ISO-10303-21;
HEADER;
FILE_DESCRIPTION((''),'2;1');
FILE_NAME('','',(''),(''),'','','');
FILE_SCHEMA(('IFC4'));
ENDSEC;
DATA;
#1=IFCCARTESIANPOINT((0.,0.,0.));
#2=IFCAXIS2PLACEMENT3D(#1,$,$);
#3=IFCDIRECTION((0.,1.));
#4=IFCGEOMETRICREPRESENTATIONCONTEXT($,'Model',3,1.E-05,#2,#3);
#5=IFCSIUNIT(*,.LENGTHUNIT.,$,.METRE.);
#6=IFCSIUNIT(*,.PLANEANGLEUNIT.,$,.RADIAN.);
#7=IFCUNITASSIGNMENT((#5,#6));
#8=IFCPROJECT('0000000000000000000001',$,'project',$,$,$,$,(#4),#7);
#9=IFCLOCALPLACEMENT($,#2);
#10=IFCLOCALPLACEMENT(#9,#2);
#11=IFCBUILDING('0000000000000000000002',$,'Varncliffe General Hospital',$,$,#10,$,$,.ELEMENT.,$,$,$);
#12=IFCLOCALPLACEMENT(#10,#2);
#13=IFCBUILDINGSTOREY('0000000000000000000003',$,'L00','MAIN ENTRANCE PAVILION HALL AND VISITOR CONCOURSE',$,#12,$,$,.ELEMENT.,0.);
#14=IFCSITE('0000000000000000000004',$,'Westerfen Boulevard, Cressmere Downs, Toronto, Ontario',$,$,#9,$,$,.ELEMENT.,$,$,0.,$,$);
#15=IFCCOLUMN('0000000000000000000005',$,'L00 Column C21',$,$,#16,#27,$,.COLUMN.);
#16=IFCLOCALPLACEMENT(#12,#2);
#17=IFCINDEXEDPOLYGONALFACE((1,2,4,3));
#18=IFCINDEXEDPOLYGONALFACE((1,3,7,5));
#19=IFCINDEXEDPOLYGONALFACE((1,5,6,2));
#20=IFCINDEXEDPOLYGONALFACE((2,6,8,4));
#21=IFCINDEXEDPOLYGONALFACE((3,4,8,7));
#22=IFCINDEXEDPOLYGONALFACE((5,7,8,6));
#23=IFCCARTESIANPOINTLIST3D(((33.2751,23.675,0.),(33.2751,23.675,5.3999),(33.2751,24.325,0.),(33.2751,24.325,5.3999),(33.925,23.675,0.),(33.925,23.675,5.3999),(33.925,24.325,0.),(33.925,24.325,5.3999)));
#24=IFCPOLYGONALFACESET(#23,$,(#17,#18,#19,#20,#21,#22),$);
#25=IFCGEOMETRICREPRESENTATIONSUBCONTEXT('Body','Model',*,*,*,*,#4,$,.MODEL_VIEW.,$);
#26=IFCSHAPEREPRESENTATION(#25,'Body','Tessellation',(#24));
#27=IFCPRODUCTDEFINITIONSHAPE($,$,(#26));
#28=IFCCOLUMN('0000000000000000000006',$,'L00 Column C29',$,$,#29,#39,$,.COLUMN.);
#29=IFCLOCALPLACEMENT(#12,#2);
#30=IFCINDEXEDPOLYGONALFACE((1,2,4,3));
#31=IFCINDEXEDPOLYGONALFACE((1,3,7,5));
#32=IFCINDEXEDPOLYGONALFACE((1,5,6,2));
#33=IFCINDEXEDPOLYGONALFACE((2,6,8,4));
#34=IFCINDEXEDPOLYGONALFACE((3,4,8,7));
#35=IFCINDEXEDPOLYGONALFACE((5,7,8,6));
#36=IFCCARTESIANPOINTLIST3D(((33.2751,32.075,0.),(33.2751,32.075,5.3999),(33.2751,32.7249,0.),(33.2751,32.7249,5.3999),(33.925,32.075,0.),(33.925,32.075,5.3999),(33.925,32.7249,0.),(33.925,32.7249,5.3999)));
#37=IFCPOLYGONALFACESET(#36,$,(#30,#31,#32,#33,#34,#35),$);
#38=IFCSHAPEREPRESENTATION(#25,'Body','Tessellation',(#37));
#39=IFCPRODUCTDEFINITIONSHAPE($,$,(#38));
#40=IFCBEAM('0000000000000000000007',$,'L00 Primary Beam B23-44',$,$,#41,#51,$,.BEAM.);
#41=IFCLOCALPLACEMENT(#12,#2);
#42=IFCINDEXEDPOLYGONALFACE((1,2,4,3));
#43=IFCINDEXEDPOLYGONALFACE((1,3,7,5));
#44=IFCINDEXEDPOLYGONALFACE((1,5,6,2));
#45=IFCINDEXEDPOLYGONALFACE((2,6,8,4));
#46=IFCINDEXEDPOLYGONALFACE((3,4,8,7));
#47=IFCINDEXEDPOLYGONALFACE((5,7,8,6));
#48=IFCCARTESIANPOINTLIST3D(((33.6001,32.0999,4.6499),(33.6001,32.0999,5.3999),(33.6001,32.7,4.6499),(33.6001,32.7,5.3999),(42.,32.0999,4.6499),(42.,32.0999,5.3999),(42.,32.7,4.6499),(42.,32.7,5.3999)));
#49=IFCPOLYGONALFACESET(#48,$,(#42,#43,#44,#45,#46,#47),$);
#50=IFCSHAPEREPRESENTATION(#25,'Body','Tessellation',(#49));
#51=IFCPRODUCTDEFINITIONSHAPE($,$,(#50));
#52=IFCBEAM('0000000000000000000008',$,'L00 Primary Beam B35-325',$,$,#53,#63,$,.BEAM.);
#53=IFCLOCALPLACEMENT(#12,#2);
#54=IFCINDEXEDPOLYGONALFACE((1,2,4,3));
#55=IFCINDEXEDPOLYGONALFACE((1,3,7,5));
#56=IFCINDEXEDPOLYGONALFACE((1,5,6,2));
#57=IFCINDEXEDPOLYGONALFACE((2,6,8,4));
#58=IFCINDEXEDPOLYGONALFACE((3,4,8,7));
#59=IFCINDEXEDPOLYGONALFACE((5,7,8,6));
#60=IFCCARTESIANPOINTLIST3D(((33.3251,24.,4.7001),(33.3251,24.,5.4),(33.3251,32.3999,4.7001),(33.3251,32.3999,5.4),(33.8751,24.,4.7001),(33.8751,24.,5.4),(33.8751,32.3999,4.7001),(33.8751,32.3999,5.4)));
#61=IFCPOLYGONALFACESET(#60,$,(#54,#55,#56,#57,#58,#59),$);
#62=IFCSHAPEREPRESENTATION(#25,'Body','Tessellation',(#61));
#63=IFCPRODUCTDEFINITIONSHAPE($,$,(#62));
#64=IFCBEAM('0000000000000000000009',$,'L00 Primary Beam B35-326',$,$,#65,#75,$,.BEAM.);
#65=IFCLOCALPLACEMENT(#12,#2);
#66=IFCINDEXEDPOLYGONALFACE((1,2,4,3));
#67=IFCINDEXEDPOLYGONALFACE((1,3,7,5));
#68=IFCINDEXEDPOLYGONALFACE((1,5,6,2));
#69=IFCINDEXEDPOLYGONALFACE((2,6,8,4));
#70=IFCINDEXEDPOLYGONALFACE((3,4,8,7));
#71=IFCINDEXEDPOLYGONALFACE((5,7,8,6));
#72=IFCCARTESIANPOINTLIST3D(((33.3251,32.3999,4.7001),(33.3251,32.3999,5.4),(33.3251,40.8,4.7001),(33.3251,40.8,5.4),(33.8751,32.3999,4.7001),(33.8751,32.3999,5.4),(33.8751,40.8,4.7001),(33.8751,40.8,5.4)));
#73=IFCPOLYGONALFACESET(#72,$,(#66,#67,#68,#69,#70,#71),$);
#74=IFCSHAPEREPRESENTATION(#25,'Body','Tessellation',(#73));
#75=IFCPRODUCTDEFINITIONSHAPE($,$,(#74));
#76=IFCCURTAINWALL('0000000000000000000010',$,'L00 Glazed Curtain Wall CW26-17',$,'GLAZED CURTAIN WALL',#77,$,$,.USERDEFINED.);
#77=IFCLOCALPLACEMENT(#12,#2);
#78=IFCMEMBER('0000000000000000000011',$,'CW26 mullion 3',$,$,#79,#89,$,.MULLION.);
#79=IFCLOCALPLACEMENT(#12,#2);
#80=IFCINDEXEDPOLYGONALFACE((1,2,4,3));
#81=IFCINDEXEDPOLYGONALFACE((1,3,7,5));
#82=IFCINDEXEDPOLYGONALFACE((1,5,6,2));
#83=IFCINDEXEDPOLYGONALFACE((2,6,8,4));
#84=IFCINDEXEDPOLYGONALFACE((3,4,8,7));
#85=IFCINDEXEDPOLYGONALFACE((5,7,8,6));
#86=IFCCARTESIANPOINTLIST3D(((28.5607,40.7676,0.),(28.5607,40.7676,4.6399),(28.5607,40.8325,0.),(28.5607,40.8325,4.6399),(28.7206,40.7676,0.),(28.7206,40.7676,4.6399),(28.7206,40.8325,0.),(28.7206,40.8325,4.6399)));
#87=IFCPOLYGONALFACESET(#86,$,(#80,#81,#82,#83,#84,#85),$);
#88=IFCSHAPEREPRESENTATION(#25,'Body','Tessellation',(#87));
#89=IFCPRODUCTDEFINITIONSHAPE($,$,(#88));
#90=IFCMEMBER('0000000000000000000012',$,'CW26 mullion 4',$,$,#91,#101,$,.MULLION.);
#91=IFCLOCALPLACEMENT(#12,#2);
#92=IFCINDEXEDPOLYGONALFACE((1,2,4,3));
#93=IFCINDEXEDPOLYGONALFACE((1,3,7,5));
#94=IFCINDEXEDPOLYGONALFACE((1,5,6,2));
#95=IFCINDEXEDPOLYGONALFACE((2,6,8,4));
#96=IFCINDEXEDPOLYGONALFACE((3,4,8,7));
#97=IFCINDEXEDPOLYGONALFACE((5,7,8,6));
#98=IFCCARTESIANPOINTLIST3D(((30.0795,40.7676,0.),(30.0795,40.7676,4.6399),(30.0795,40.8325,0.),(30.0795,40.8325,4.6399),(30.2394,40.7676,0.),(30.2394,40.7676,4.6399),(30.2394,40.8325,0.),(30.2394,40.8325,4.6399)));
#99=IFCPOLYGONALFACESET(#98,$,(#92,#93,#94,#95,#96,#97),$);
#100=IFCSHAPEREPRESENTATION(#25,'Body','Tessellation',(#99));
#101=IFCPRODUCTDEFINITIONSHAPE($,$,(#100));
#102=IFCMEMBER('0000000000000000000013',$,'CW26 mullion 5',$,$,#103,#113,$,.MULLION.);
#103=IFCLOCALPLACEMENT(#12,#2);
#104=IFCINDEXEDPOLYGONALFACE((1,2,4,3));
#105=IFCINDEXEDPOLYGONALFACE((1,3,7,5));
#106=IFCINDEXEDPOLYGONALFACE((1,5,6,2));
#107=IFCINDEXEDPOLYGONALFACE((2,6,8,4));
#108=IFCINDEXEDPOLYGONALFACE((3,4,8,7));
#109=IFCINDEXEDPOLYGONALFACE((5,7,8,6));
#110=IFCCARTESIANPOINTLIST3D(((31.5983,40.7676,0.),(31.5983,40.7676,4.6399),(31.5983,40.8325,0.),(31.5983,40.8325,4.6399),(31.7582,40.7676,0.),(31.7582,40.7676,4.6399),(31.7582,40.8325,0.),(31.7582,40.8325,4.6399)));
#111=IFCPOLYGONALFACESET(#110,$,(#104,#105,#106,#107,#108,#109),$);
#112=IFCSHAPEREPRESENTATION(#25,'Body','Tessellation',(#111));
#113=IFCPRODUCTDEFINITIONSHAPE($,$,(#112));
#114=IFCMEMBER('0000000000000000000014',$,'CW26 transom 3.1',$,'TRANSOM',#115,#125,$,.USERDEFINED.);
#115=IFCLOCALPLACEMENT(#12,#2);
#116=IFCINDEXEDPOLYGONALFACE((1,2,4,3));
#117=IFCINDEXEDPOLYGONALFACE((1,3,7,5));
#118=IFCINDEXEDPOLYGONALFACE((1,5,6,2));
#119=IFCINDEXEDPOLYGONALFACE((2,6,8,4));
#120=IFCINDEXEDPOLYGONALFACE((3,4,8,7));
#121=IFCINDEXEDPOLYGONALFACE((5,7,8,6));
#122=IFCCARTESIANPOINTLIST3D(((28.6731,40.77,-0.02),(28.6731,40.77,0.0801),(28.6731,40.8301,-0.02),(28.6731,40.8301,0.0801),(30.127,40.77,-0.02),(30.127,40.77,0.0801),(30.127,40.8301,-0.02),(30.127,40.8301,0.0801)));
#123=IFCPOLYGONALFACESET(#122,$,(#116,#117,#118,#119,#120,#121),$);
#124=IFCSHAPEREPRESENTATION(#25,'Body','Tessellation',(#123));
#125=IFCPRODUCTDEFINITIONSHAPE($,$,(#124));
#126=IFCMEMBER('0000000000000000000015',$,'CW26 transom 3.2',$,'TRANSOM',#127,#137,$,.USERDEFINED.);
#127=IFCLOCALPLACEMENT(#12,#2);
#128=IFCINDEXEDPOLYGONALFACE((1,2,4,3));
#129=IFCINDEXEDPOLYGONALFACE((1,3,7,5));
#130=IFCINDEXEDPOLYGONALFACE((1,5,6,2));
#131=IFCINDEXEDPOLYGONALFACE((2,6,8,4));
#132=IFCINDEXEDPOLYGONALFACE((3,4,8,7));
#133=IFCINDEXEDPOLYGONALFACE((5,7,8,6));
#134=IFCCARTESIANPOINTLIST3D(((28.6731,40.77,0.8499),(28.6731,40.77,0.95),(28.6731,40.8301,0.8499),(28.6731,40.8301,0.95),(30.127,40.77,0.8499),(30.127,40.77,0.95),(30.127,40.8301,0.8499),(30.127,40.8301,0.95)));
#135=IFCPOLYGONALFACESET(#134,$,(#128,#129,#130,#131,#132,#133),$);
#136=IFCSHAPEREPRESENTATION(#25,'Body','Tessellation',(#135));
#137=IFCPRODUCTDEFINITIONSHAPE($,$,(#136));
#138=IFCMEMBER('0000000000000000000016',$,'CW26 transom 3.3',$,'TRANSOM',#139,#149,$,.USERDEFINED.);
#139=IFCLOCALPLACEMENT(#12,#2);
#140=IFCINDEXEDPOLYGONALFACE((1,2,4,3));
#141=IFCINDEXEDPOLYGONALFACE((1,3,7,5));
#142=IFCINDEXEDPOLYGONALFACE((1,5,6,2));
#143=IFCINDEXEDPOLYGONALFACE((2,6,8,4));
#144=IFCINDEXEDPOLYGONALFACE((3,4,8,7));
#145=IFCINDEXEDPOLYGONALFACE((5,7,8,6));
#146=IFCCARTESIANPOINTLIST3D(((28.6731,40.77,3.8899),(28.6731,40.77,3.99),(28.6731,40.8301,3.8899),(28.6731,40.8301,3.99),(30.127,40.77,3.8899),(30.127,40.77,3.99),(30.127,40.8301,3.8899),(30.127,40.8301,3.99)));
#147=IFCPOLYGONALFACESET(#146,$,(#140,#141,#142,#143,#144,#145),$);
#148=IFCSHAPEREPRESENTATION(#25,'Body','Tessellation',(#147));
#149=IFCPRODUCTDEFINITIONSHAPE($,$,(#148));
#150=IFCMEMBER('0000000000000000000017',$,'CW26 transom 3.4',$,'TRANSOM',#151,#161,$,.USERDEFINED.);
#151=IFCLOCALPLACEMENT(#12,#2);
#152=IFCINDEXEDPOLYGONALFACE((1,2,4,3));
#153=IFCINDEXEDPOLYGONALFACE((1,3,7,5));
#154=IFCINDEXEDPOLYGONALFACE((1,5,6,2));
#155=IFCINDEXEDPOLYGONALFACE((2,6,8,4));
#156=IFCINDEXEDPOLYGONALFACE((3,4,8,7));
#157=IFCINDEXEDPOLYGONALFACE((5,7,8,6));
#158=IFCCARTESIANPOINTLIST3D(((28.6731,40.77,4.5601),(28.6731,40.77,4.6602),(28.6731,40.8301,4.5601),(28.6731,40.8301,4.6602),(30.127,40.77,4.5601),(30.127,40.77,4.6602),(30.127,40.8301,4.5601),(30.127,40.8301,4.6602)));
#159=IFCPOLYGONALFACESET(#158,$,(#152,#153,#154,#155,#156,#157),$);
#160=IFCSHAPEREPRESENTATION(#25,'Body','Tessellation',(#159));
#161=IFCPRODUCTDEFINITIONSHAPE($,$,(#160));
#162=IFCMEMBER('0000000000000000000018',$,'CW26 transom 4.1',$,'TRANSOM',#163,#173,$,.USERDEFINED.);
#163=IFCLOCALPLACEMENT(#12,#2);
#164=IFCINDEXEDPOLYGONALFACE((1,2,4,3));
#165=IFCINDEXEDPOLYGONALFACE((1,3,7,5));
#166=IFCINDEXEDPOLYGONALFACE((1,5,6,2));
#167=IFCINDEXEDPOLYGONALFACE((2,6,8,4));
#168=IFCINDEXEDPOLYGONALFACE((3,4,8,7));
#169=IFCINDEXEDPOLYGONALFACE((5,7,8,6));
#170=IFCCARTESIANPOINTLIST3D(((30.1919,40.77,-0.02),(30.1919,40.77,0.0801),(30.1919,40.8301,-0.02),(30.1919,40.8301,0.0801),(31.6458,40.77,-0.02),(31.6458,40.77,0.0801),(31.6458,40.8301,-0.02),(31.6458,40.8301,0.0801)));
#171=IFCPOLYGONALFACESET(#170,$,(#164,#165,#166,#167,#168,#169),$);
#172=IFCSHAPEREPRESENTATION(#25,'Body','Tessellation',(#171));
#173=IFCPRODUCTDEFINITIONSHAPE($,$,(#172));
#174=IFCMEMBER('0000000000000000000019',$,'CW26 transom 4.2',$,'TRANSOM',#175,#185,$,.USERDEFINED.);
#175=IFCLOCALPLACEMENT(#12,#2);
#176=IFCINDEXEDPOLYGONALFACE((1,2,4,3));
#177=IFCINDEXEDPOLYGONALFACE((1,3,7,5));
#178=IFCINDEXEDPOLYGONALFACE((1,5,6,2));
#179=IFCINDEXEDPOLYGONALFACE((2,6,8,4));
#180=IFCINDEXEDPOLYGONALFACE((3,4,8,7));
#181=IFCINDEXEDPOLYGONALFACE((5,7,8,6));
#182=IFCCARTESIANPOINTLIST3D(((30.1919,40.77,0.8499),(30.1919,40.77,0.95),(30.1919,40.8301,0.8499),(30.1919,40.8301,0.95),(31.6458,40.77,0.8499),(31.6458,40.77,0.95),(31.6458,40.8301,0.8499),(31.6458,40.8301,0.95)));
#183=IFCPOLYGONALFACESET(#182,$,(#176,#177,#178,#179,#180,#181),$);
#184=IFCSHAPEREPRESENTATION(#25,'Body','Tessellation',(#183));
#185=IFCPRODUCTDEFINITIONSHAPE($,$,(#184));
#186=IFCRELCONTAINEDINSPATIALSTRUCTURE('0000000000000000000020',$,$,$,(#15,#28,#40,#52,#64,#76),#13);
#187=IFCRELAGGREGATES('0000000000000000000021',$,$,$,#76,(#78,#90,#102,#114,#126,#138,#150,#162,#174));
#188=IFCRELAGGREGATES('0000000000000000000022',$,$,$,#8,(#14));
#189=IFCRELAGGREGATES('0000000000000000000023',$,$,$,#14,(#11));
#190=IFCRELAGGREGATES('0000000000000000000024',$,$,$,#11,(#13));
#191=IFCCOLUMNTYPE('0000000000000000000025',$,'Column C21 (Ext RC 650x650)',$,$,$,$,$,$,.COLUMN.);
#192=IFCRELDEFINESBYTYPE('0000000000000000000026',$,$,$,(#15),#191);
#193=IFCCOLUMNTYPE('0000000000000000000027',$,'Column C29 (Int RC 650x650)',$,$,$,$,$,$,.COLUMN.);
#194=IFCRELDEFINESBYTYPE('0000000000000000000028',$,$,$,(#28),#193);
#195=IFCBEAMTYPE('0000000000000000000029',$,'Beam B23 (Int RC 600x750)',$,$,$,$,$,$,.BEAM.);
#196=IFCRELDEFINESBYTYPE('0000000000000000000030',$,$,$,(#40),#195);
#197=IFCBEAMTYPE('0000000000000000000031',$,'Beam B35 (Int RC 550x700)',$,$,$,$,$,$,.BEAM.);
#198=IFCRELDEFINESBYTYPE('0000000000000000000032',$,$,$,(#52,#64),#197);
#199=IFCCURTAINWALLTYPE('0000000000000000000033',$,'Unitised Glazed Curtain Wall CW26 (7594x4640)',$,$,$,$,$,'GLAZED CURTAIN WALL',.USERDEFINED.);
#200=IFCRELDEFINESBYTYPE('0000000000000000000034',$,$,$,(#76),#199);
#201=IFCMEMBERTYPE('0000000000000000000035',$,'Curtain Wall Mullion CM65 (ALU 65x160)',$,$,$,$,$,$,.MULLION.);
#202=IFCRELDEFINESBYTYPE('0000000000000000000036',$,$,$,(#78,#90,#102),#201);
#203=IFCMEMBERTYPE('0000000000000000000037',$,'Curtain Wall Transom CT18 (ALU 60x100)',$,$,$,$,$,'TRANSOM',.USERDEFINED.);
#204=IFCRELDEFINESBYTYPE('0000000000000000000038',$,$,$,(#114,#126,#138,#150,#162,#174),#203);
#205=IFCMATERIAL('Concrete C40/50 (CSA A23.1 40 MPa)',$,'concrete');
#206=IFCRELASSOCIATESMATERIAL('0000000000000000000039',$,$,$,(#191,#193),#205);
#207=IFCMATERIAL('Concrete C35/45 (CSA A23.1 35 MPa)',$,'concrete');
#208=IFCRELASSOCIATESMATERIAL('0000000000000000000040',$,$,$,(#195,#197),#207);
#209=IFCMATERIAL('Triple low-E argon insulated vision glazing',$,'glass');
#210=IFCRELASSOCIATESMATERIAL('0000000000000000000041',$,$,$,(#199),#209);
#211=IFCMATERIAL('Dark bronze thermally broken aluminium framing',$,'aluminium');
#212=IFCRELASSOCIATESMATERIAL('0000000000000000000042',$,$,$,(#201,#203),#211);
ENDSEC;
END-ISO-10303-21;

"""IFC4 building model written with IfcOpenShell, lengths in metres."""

from ifc_helpers import new_model, si_unit, direction, frame, origin, origin_2d, place, context, subcontext, project, spatial, rectangle, extrude, material, material_profile, profile_set, type_object, element, aggregate, save


model = new_model("IFC4")

# Units and contexts
model_context = context("Model", 3, precision=1e-05, world=origin(), true_north=direction((0.0, 1.0)))
body_context = subcontext(model_context, "Body", "Model", "MODEL_VIEW")
ifc_project = project(units=[si_unit("LENGTHUNIT", "METRE"), si_unit("PLANEANGLEUNIT", "RADIAN")], contexts=[model_context])

# Site, building, storey
site_placement = place(None, origin())
site = spatial("IfcSite", under=ifc_project, at=site_placement, Name="Westerfen Boulevard, Cressmere Downs, Toronto, Ontario", CompositionType="ELEMENT", RefElevation=0.0)
building_placement = place(site_placement, origin())
building = spatial("IfcBuilding", under=site, at=building_placement, Name="Varncliffe General Hospital", CompositionType="ELEMENT")
storey_placement = place(building_placement, origin())
storey = spatial("IfcBuildingStorey", under=building, at=storey_placement, Name="L00", Description="MAIN ENTRANCE PAVILION HALL AND VISITOR CONCOURSE", CompositionType="ELEMENT", Elevation=0.0)

# Columns
ifc_material_1 = material(Name="Concrete C40/50 (CSA A23.1 40 MPa)", Category="concrete")
ifc_material_profile_1 = material_profile(ifc_material_1, rectangle(XDim=0.6499, YDim=0.6499, at=origin_2d()), Name="RC 650x650")
ifc_profile_set_1 = profile_set([ifc_material_profile_1], Name="Concrete C40/50 (CSA A23.1 40 MPa)")
column_type_1 = type_object("IfcColumnType", Name="Column C21 (Ext RC 650x650)", PredefinedType="COLUMN", material=ifc_profile_set_1)
column_1_placement = place(storey_placement, frame((33.6001, 24.0, 0.0), z_axis=(0.0, 0.0, 1.0), x_axis=(1.0, 0.0, 0.0)))
element("IfcColumn", 1, at=column_1_placement, inside=storey, type_object=column_type_1, Name="L00 Column C21", PredefinedType="COLUMN", context=body_context, shape_type="SweptSolid", body=[
    extrude(rectangle(XDim=0.6499, YDim=0.6499, at=origin_2d()), origin(), (0.0, 0.0, 1.0), 5.3999),
])
ifc_material_profile_2 = material_profile(ifc_material_1, rectangle(XDim=0.6499, YDim=0.6499, at=origin_2d()), Name="RC 650x650")
ifc_profile_set_2 = profile_set([ifc_material_profile_2], Name="Concrete C40/50 (CSA A23.1 40 MPa)")
column_type_2 = type_object("IfcColumnType", Name="Column C29 (Int RC 650x650)", PredefinedType="COLUMN", material=ifc_profile_set_2)
column_2_placement = place(storey_placement, frame((33.6001, 32.3999, 0.0), z_axis=(0.0, 0.0, 1.0), x_axis=(1.0, 0.0, 0.0)))
element("IfcColumn", 2, at=column_2_placement, inside=storey, type_object=column_type_2, Name="L00 Column C29", PredefinedType="COLUMN", context=body_context, shape_type="SweptSolid", body=[
    extrude(rectangle(XDim=0.6499, YDim=0.6499, at=origin_2d()), origin(), (0.0, 0.0, 1.0), 5.3999),
])

# Beams
ifc_material_2 = material(Name="Concrete C35/45 (CSA A23.1 35 MPa)", Category="concrete")
ifc_material_profile_3 = material_profile(ifc_material_2, rectangle(XDim=0.6001, YDim=0.75, at=origin_2d()), Name="RC 600x750")
ifc_profile_set_3 = profile_set([ifc_material_profile_3], Name="Concrete C35/45 (CSA A23.1 35 MPa)")
beam_type_1 = type_object("IfcBeamType", Name="Beam B23 (Int RC 600x750)", PredefinedType="BEAM", material=ifc_profile_set_3)
beam_1_placement = place(storey_placement, frame((33.6001, 32.3999, 5.0249), z_axis=(1.0, 0.0, 0.0), x_axis=(0.0, 1.0, 0.0)))
element("IfcBeam", 3, at=beam_1_placement, inside=storey, type_object=beam_type_1, Name="L00 Primary Beam B23-44", PredefinedType="BEAM", context=body_context, shape_type="SweptSolid", body=[
    extrude(rectangle(XDim=0.6001, YDim=0.75, at=origin_2d()), origin(), (0.0, 0.0, 1.0), 8.3999),
])
ifc_material_profile_4 = material_profile(ifc_material_2, rectangle(XDim=0.55, YDim=0.7, at=origin_2d()), Name="RC 550x700")
ifc_profile_set_4 = profile_set([ifc_material_profile_4], Name="Concrete C35/45 (CSA A23.1 35 MPa)")
beam_type_2 = type_object("IfcBeamType", Name="Beam B35 (Int RC 550x700)", PredefinedType="BEAM", material=ifc_profile_set_4)
beam_2_placement = place(storey_placement, frame((33.6001, 24.0, 5.05), z_axis=(0.0, 1.0, 0.0), x_axis=(-1.0, 0.0, 0.0)))
element("IfcBeam", 4, at=beam_2_placement, inside=storey, type_object=beam_type_2, Name="L00 Primary Beam B35-325", PredefinedType="BEAM", context=body_context, shape_type="SweptSolid", body=[
    extrude(rectangle(XDim=0.55, YDim=0.7, at=origin_2d()), origin(), (0.0, 0.0, 1.0), 8.3999),
])
beam_3_placement = place(storey_placement, frame((33.6001, 32.3999, 5.05), z_axis=(0.0, 1.0, 0.0), x_axis=(-1.0, 0.0, 0.0)))
element("IfcBeam", 5, at=beam_3_placement, inside=storey, type_object=beam_type_2, Name="L00 Primary Beam B35-326", PredefinedType="BEAM", context=body_context, shape_type="SweptSolid", body=[
    extrude(rectangle(XDim=0.55, YDim=0.7, at=origin_2d()), origin(), (0.0, 0.0, 1.0), 8.4001),
])

# Curtain wall, members
ifc_material_3 = material(Name="Triple low-E argon insulated vision glazing", Category="glass")
curtain_wall_type = type_object("IfcCurtainWallType", Name="Unitised Glazed Curtain Wall CW26 (7594x4640)", ElementType="GLAZED CURTAIN WALL", PredefinedType="USERDEFINED", material=ifc_material_3)
curtain_wall_placement = place(storey_placement, origin())
curtain_wall = element("IfcCurtainWall", 6, at=curtain_wall_placement, inside=storey, type_object=curtain_wall_type, Name="L00 Glazed Curtain Wall CW26-17", ObjectType="GLAZED CURTAIN WALL", PredefinedType="USERDEFINED")
ifc_material_4 = material(Name="Dark bronze thermally broken aluminium framing", Category="aluminium")
ifc_material_profile_5 = material_profile(ifc_material_4, rectangle(XDim=0.0649, YDim=0.1599, at=origin_2d()), Name="ALU 65x160")
ifc_profile_set_5 = profile_set([ifc_material_profile_5], Name="Dark bronze thermally broken aluminium framing")
member_type_1 = type_object("IfcMemberType", Name="Curtain Wall Mullion CM65 (ALU 65x160)", PredefinedType="MULLION", material=ifc_profile_set_5)
member_1_placement = place(storey_placement, frame((28.6406, 40.8, 0.0), z_axis=(0.0, 0.0, 1.0), x_axis=(0.0, 1.0, 0.0)))
member_1 = element("IfcMember", 7, at=member_1_placement, type_object=member_type_1, Name="CW26 mullion 3", PredefinedType="MULLION", context=body_context, shape_type="SweptSolid", body=[
    extrude(rectangle(XDim=0.0649, YDim=0.1599, at=origin_2d()), origin(), (0.0, 0.0, 1.0), 4.6399),
])
member_2_placement = place(storey_placement, frame((30.1594, 40.8, 0.0), z_axis=(0.0, 0.0, 1.0), x_axis=(0.0, 1.0, 0.0)))
member_2 = element("IfcMember", 8, at=member_2_placement, type_object=member_type_1, Name="CW26 mullion 4", PredefinedType="MULLION", context=body_context, shape_type="SweptSolid", body=[
    extrude(rectangle(XDim=0.0649, YDim=0.1599, at=origin_2d()), origin(), (0.0, 0.0, 1.0), 4.6399),
])
member_3_placement = place(storey_placement, frame((31.6782, 40.8, 0.0), z_axis=(0.0, 0.0, 1.0), x_axis=(0.0, 1.0, 0.0)))
member_3 = element("IfcMember", 9, at=member_3_placement, type_object=member_type_1, Name="CW26 mullion 5", PredefinedType="MULLION", context=body_context, shape_type="SweptSolid", body=[
    extrude(rectangle(XDim=0.0649, YDim=0.1599, at=origin_2d()), origin(), (0.0, 0.0, 1.0), 4.6399),
])
ifc_material_profile_6 = material_profile(ifc_material_4, rectangle(XDim=0.0601, YDim=0.1001, at=origin_2d()), Name="ALU 60x100")
ifc_profile_set_6 = profile_set([ifc_material_profile_6], Name="Dark bronze thermally broken aluminium framing")
member_type_2 = type_object("IfcMemberType", Name="Curtain Wall Transom CT18 (ALU 60x100)", ElementType="TRANSOM", PredefinedType="USERDEFINED", material=ifc_profile_set_6)
member_4_placement = place(storey_placement, frame((28.6731, 40.8, 0.03), z_axis=(1.0, 0.0, 0.0), x_axis=(0.0, 1.0, 0.0)))
member_4 = element("IfcMember", 10, at=member_4_placement, type_object=member_type_2, Name="CW26 transom 3.1", ObjectType="TRANSOM", PredefinedType="USERDEFINED", context=body_context, shape_type="SweptSolid", body=[
    extrude(rectangle(XDim=0.0601, YDim=0.1001, at=origin_2d()), origin(), (0.0, 0.0, 1.0), 1.4539),
])
member_5_placement = place(storey_placement, frame((28.6731, 40.8, 0.8999), z_axis=(1.0, 0.0, 0.0), x_axis=(0.0, 1.0, 0.0)))
member_5 = element("IfcMember", 11, at=member_5_placement, type_object=member_type_2, Name="CW26 transom 3.2", ObjectType="TRANSOM", PredefinedType="USERDEFINED", context=body_context, shape_type="SweptSolid", body=[
    extrude(rectangle(XDim=0.0601, YDim=0.1001, at=origin_2d()), origin(), (0.0, 0.0, 1.0), 1.4539),
])
member_6_placement = place(storey_placement, frame((28.6731, 40.8, 3.9399), z_axis=(1.0, 0.0, 0.0), x_axis=(0.0, 1.0, 0.0)))
member_6 = element("IfcMember", 12, at=member_6_placement, type_object=member_type_2, Name="CW26 transom 3.3", ObjectType="TRANSOM", PredefinedType="USERDEFINED", context=body_context, shape_type="SweptSolid", body=[
    extrude(rectangle(XDim=0.0601, YDim=0.1001, at=origin_2d()), origin(), (0.0, 0.0, 1.0), 1.4539),
])
member_7_placement = place(storey_placement, frame((28.6731, 40.8, 4.6101), z_axis=(1.0, 0.0, 0.0), x_axis=(0.0, 1.0, 0.0)))
member_7 = element("IfcMember", 13, at=member_7_placement, type_object=member_type_2, Name="CW26 transom 3.4", ObjectType="TRANSOM", PredefinedType="USERDEFINED", context=body_context, shape_type="SweptSolid", body=[
    extrude(rectangle(XDim=0.0601, YDim=0.1001, at=origin_2d()), origin(), (0.0, 0.0, 1.0), 1.4539),
])
member_8_placement = place(storey_placement, frame((30.1919, 40.8, 0.03), z_axis=(1.0, 0.0, 0.0), x_axis=(0.0, 1.0, 0.0)))
member_8 = element("IfcMember", 14, at=member_8_placement, type_object=member_type_2, Name="CW26 transom 4.1", ObjectType="TRANSOM", PredefinedType="USERDEFINED", context=body_context, shape_type="SweptSolid", body=[
    extrude(rectangle(XDim=0.0601, YDim=0.1001, at=origin_2d()), origin(), (0.0, 0.0, 1.0), 1.4539),
])
member_9_placement = place(storey_placement, frame((30.1919, 40.8, 0.8999), z_axis=(1.0, 0.0, 0.0), x_axis=(0.0, 1.0, 0.0)))
member_9 = element("IfcMember", 15, at=member_9_placement, type_object=member_type_2, Name="CW26 transom 4.2", ObjectType="TRANSOM", PredefinedType="USERDEFINED", context=body_context, shape_type="SweptSolid", body=[
    extrude(rectangle(XDim=0.0601, YDim=0.1001, at=origin_2d()), origin(), (0.0, 0.0, 1.0), 1.4539),
])

aggregate(curtain_wall, [member_1, member_2, member_3, member_4, member_5, member_6, member_7, member_8, member_9])

save(model, "model.ifc")
